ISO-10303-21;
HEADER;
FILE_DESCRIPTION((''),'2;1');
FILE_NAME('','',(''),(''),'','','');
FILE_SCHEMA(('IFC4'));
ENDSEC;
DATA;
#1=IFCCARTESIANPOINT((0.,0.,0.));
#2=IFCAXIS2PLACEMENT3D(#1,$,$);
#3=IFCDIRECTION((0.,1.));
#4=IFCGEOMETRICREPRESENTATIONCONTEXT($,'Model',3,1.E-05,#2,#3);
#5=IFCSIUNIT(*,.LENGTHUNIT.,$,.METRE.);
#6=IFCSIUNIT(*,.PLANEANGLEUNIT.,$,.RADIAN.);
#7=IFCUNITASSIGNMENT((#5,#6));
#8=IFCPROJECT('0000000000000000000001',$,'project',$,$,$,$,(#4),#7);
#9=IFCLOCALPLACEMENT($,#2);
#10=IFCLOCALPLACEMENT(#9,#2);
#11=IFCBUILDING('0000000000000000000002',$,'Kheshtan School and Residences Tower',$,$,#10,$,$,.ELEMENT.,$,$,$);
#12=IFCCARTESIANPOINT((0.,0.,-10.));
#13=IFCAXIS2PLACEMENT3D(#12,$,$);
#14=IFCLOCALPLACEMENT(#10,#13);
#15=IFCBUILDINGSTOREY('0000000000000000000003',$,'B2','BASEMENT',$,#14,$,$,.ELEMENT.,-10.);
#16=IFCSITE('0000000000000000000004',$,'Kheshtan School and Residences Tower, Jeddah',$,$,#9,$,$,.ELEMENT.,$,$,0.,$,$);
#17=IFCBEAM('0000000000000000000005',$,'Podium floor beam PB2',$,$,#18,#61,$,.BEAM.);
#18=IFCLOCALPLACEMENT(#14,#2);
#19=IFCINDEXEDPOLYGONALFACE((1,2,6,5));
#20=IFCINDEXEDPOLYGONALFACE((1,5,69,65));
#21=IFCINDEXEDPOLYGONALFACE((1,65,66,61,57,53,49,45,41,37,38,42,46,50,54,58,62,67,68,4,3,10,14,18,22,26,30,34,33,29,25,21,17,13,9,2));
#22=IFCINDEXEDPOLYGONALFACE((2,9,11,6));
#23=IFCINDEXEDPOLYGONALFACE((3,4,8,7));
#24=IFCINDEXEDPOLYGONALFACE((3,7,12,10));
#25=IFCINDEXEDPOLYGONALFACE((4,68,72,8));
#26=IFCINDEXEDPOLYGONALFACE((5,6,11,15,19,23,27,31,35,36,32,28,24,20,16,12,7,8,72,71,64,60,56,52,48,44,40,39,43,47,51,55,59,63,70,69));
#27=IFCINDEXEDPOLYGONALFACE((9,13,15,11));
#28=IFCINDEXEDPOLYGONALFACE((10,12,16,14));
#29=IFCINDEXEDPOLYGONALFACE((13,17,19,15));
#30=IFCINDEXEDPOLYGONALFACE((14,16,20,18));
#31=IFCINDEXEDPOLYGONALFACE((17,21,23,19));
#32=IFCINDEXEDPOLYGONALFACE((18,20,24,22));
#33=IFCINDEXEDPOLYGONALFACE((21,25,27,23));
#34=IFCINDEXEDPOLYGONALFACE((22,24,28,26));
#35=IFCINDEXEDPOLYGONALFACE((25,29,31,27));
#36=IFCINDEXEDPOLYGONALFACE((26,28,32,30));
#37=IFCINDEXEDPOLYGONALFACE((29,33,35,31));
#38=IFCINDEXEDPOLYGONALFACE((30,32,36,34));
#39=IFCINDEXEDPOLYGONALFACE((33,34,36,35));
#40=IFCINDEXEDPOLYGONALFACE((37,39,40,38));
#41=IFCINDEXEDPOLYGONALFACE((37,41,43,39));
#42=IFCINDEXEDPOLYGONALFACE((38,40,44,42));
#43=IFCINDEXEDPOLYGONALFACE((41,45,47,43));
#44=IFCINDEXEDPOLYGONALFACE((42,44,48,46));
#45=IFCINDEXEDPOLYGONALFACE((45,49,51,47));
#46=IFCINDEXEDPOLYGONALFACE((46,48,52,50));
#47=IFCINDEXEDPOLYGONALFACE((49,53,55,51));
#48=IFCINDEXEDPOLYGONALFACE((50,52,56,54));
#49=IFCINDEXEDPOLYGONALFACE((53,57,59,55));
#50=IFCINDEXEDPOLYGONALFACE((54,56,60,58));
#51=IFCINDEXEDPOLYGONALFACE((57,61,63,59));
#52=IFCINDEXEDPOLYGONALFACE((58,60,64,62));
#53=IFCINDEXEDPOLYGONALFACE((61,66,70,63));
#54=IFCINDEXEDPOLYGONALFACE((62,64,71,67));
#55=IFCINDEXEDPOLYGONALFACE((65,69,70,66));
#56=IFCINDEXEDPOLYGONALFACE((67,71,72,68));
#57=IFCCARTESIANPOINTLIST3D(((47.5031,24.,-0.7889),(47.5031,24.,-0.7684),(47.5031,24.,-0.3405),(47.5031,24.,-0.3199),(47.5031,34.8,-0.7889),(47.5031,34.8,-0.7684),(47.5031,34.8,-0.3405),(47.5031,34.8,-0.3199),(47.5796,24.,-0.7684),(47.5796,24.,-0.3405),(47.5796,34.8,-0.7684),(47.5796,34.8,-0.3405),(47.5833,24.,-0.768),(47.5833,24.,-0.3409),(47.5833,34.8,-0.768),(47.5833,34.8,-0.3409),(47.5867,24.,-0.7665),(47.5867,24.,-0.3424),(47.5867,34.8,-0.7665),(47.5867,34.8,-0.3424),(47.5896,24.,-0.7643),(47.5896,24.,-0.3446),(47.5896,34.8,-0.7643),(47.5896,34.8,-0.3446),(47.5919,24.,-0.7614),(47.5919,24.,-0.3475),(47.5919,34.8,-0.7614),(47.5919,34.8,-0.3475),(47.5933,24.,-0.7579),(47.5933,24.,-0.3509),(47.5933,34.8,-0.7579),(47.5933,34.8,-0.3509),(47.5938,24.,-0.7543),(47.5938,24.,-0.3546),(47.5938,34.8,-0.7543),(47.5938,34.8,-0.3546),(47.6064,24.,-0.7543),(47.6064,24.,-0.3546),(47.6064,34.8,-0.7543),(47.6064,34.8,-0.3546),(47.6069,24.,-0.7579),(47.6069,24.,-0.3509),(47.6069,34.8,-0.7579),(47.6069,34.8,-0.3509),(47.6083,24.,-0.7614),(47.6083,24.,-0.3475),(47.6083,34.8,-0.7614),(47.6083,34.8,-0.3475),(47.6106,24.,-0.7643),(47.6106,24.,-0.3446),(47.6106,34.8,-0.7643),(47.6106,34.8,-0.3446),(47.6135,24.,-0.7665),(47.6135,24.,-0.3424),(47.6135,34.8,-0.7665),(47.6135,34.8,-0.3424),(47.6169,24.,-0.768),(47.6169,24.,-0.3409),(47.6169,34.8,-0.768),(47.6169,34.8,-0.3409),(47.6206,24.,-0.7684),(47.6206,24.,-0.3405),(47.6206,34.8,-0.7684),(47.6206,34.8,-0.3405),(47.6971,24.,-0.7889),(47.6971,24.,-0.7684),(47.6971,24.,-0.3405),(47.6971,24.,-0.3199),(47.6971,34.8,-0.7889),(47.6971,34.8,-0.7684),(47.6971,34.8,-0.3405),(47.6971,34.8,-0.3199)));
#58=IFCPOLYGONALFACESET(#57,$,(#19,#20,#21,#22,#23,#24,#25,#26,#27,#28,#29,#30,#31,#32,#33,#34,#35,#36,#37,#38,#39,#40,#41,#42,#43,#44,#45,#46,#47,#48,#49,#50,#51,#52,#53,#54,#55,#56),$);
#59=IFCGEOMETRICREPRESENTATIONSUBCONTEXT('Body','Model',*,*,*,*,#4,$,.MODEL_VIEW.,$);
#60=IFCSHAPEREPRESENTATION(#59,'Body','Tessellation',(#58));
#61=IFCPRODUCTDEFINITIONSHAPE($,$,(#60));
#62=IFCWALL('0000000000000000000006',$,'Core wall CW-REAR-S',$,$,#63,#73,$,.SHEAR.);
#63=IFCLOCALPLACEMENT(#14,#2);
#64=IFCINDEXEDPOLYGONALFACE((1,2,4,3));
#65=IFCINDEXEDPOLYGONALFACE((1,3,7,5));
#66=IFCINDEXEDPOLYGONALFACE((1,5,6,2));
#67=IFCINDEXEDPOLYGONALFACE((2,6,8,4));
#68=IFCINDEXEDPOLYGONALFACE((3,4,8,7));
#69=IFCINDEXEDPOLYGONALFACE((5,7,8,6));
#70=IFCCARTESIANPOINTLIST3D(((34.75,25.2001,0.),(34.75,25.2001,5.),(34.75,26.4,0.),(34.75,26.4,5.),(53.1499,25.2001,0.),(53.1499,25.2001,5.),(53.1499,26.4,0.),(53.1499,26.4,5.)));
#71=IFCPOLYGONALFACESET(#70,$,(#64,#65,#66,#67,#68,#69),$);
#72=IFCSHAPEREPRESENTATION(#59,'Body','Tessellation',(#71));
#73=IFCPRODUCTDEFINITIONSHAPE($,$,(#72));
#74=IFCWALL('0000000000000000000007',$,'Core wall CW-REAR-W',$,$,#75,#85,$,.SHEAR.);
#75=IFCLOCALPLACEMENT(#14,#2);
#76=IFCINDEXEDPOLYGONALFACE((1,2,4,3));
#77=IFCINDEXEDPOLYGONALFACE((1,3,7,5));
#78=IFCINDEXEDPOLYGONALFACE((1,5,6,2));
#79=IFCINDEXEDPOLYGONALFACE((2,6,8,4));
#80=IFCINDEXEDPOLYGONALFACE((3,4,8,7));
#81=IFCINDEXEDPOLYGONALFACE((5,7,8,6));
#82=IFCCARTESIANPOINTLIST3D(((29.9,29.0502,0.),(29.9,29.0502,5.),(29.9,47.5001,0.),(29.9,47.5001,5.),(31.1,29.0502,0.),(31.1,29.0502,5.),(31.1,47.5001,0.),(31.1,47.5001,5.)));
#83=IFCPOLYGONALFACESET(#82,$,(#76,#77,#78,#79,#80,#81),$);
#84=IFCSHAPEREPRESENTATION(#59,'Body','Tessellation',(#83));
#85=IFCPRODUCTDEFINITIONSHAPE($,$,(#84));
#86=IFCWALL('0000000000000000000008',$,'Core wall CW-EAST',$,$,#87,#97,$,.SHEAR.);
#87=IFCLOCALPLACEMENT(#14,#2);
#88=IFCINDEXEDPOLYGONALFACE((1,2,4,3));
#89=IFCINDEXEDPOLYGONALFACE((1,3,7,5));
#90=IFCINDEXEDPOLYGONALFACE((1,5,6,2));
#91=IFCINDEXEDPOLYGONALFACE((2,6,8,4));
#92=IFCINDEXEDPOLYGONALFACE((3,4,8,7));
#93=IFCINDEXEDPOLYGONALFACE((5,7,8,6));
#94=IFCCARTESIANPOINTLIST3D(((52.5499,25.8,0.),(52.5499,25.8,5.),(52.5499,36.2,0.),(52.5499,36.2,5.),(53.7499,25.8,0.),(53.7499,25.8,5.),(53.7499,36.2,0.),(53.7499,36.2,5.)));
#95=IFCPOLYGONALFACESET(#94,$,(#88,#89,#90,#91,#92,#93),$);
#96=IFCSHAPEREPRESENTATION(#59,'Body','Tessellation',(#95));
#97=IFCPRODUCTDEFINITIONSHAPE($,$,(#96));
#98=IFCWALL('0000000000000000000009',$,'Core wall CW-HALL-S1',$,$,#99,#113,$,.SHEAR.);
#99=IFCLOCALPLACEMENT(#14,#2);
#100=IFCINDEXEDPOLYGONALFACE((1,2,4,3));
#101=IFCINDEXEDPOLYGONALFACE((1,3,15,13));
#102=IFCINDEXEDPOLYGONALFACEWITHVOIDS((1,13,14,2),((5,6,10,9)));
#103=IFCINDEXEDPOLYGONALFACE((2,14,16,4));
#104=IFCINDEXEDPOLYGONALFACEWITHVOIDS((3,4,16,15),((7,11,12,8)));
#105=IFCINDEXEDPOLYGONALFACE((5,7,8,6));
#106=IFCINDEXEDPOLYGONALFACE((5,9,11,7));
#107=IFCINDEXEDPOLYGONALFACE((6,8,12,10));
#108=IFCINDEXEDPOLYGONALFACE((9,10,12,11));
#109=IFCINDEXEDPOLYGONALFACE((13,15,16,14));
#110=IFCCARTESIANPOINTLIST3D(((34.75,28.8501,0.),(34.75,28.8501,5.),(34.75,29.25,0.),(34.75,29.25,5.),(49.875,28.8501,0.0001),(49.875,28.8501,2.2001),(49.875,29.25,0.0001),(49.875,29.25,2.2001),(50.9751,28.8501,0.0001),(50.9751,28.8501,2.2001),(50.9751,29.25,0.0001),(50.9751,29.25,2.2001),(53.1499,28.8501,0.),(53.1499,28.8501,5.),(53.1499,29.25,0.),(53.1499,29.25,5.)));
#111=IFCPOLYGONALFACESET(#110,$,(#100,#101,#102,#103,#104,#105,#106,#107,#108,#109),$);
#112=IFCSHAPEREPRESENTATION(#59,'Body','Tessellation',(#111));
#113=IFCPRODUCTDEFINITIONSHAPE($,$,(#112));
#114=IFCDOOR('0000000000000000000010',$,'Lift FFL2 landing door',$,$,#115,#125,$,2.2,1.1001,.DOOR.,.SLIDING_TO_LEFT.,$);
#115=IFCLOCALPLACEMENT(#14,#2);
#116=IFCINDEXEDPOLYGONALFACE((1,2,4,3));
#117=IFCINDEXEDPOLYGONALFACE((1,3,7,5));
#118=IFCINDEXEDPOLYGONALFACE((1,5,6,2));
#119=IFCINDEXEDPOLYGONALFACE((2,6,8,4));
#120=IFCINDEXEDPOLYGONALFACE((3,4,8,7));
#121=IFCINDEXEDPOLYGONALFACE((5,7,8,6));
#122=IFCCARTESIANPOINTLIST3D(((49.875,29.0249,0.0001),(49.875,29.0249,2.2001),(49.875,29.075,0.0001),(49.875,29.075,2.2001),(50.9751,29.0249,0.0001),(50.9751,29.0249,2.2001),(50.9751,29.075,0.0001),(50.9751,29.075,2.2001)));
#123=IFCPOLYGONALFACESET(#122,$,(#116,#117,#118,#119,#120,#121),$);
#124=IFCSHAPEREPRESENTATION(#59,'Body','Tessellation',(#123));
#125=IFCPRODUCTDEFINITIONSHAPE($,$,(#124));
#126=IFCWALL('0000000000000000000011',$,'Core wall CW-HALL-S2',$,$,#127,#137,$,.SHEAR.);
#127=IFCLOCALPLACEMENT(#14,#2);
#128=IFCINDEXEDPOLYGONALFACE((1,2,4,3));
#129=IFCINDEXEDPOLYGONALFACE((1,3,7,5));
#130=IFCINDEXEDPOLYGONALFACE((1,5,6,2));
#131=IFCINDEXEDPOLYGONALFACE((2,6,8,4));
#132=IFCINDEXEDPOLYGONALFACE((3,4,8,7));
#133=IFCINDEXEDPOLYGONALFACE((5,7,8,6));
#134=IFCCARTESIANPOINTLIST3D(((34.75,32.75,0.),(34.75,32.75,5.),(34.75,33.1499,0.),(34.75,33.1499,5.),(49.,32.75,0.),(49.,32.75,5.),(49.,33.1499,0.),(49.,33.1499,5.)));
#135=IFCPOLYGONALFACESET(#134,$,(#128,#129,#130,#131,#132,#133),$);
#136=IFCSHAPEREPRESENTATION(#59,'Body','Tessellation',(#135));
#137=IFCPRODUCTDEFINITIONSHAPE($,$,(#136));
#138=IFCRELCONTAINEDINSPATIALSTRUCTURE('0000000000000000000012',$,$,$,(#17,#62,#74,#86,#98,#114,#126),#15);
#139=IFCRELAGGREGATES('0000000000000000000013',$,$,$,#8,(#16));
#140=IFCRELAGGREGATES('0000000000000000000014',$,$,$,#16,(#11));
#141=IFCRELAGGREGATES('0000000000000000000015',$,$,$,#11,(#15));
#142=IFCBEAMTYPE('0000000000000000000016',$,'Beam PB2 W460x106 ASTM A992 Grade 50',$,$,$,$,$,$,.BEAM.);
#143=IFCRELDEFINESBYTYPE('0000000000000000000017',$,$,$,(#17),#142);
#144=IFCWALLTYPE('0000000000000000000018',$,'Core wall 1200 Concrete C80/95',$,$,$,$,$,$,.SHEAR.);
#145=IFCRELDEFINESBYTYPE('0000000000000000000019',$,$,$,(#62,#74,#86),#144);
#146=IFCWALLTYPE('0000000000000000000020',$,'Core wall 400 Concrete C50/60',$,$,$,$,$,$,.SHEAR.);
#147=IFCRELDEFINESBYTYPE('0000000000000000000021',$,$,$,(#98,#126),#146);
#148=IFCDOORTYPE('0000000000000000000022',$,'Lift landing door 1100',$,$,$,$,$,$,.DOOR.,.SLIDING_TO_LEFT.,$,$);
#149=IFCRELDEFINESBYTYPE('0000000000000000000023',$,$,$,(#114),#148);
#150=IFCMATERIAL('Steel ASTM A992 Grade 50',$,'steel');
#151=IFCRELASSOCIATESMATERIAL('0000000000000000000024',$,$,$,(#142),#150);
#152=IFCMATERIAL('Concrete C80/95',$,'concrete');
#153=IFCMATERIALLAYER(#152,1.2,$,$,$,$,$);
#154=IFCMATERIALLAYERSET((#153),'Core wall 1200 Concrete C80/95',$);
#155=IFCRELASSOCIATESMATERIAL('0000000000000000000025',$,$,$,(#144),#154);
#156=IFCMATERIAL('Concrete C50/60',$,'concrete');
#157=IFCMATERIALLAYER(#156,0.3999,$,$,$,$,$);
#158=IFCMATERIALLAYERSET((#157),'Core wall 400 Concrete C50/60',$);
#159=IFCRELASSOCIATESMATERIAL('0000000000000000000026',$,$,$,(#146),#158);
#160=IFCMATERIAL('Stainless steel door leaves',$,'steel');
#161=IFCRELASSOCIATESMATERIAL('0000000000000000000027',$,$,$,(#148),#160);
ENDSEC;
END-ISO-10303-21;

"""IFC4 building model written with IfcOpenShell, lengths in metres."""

from ifc_helpers import new_model, si_unit, direction, frame, frame_2d, origin, origin_2d, place, context, subcontext, project, spatial, rectangle, i_section, extrude, source, transform, mapped, material, layer, layer_set, material_profile, profile_set, type_object, element, fill, save


model = new_model("IFC4")

# Units and contexts
model_context = context("Model", 3, precision=1e-05, world=origin(), true_north=direction((0.0, 1.0)))
body_context = subcontext(model_context, "Body", "Model", "MODEL_VIEW")
ifc_project = project(units=[si_unit("LENGTHUNIT", "METRE"), si_unit("PLANEANGLEUNIT", "RADIAN")], contexts=[model_context])

# Site, building, storey
site_placement = place(None, origin())
site = spatial("IfcSite", under=ifc_project, at=site_placement, Name="Kheshtan School and Residences Tower, Jeddah", CompositionType="ELEMENT", RefElevation=0.0)
building_placement = place(site_placement, origin())
building = spatial("IfcBuilding", under=site, at=building_placement, Name="Kheshtan School and Residences Tower", CompositionType="ELEMENT")
storey_placement = place(building_placement, frame((0.0, 0.0, -10.0)))
storey = spatial("IfcBuildingStorey", under=building, at=storey_placement, Name="B2", Description="BASEMENT", CompositionType="ELEMENT", Elevation=-10.0)

# Shared definitions
ifc_material_1 = material(Name="Steel ASTM A992 Grade 50", Category="steel")

# Beam
ifc_material_profile_1 = material_profile(ifc_material_1, i_section(OverallWidth=0.1941, OverallDepth=0.469, WebThickness=0.0127, FlangeThickness=0.0205, FilletRadius=0.0142, at=origin_2d()), Name="W460x106")
ifc_profile_set_1 = profile_set([ifc_material_profile_1], Name="Steel ASTM A992 Grade 50")
beam_type = type_object("IfcBeamType", Name="Beam PB2 W460x106 ASTM A992 Grade 50", PredefinedType="BEAM", material=ifc_profile_set_1)
for number, where, z_axis, x_axis, name in (
    (1, (47.6001, 24.0, -0.5544), (0.0, 1.0, 0.0), (-1.0, 0.0, 0.0), "Podium floor beam PB2"),
):
    element("IfcBeam", number, at=place(storey_placement, frame(where, z_axis=z_axis, x_axis=x_axis)), inside=storey, type_object=beam_type, Name=name, PredefinedType="BEAM", context=body_context, shape_type="SweptSolid", body=[
        extrude(i_section(OverallWidth=0.1941, OverallDepth=0.469, WebThickness=0.0127, FlangeThickness=0.0205, FilletRadius=0.0142, at=origin_2d()), origin(), (0.0, 0.0, 1.0), 10.8),
    ])

# Walls
ifc_material_2 = material(Name="Concrete C80/95", Category="concrete")
ifc_layer_1 = layer(ifc_material_2, 1.2)
ifc_layer_set_1 = layer_set([ifc_layer_1], Name="Core wall 1200 Concrete C80/95")
wall_type_1 = type_object("IfcWallType", Name="Core wall 1200 Concrete C80/95", PredefinedType="SHEAR", material=ifc_layer_set_1)
wall_1_placement = place(storey_placement, frame((34.75, 25.8, 0.0), z_axis=(0.0, 0.0, 1.0), x_axis=(1.0, 0.0, 0.0)))
element("IfcWall", 2, at=wall_1_placement, inside=storey, type_object=wall_type_1, Name="Core wall CW-REAR-S", PredefinedType="SHEAR", context=body_context, shape_type="SweptSolid", body=[
    extrude(rectangle(XDim=18.3999, YDim=1.2, at=frame_2d((9.2, 0.0))), origin(), (0.0, 0.0, 1.0), 5.0),
])
wall_2_placement = place(storey_placement, frame((30.5, 29.05, 0.0), z_axis=(0.0, 0.0, 1.0), x_axis=(0.0, 1.0, 0.0)))
element("IfcWall", 3, at=wall_2_placement, inside=storey, type_object=wall_type_1, Name="Core wall CW-REAR-W", PredefinedType="SHEAR", context=body_context, shape_type="SweptSolid", body=[
    extrude(rectangle(XDim=18.45, YDim=1.2, at=frame_2d((9.2251, 0.0))), origin(), (0.0, 0.0, 1.0), 5.0),
])
wall_3_placement = place(storey_placement, frame((53.1499, 25.8, 0.0), z_axis=(0.0, 0.0, 1.0), x_axis=(0.0, 1.0, 0.0)))
element("IfcWall", 4, at=wall_3_placement, inside=storey, type_object=wall_type_1, Name="Core wall CW-EAST", PredefinedType="SHEAR", context=body_context, shape_type="SweptSolid", body=[
    extrude(rectangle(XDim=10.3999, YDim=1.2, at=frame_2d((5.2, 0.0))), origin(), (0.0, 0.0, 1.0), 5.0),
])

# Wall, opening, door
ifc_material_3 = material(Name="Concrete C50/60", Category="concrete")
ifc_layer_2 = layer(ifc_material_3, 0.3999)
ifc_layer_set_2 = layer_set([ifc_layer_2], Name="Core wall 400 Concrete C50/60")
wall_type_2 = type_object("IfcWallType", Name="Core wall 400 Concrete C50/60", PredefinedType="SHEAR", material=ifc_layer_set_2)
wall_4_placement = place(storey_placement, frame((34.75, 29.05, 0.0), z_axis=(0.0, 0.0, 1.0), x_axis=(1.0, 0.0, 0.0)))
wall_4 = element("IfcWall", 5, at=wall_4_placement, inside=storey, type_object=wall_type_2, Name="Core wall CW-HALL-S1", PredefinedType="SHEAR", context=body_context, shape_type="SweptSolid", body=[
    extrude(rectangle(XDim=18.3999, YDim=0.3999, at=frame_2d((9.2, 0.0))), origin(), (0.0, 0.0, 1.0), 5.0),
])
opening_1_placement = place(wall_4_placement, frame((15.125, 0.0, 0.0)))
opening_1 = element("IfcOpeningElement", 6, at=opening_1_placement, cuts=wall_4, PredefinedType="OPENING", context=body_context, shape_type="SweptSolid", body=[
    extrude(rectangle(XDim=1.1001, YDim=2.2, at=frame_2d((0.55, 1.1001))), frame((0.0, 0.21, 0.0), z_axis=(0.0, -1.0, 0.0), x_axis=(1.0, 0.0, 0.0)), (0.0, 0.0, 1.0), 0.4199),
])
ifc_material_4 = material(Name="Stainless steel door leaves", Category="steel")
door_type_1 = type_object("IfcDoorType", Name="Lift landing door 1100", OperationType="SLIDING_TO_LEFT", PredefinedType="DOOR", material=ifc_material_4)
shared_shape_1 = source(origin(), body_context, "Body", "SweptSolid", [
    extrude(rectangle(XDim=1.1001, YDim=2.2, at=frame_2d((0.55, 1.1001))), frame((0.0, 0.0249, 0.0), z_axis=(0.0, -1.0, 0.0), x_axis=(1.0, 0.0, 0.0)), (0.0, 0.0, 1.0), 0.05),
])
door_1_placement = place(opening_1_placement, origin())
door_1 = element("IfcDoor", 7, at=door_1_placement, inside=storey, type_object=door_type_1, Name="Lift FFL2 landing door", OperationType="SLIDING_TO_LEFT", OverallHeight=2.2, OverallWidth=1.1001, PredefinedType="DOOR", context=body_context, shape_type="MappedRepresentation", body=[
    mapped(shared_shape_1, transform((0.0, 0.0, 0.0), x_axis=(1.0, 0.0, 0.0), y_axis=(0.0, 1.0, 0.0), z_axis=(0.0, 0.0, 1.0), scale=1.0)),
])
fill(opening_1, door_1)

# Wall
wall_5_placement = place(storey_placement, frame((34.75, 32.95, 0.0), z_axis=(0.0, 0.0, 1.0), x_axis=(1.0, 0.0, 0.0)))
element("IfcWall", 8, at=wall_5_placement, inside=storey, type_object=wall_type_2, Name="Core wall CW-HALL-S2", PredefinedType="SHEAR", context=body_context, shape_type="SweptSolid", body=[
    extrude(rectangle(XDim=14.25, YDim=0.3999, at=frame_2d((7.125, 0.0))), origin(), (0.0, 0.0, 1.0), 5.0),
])

save(model, "model.ifc")
